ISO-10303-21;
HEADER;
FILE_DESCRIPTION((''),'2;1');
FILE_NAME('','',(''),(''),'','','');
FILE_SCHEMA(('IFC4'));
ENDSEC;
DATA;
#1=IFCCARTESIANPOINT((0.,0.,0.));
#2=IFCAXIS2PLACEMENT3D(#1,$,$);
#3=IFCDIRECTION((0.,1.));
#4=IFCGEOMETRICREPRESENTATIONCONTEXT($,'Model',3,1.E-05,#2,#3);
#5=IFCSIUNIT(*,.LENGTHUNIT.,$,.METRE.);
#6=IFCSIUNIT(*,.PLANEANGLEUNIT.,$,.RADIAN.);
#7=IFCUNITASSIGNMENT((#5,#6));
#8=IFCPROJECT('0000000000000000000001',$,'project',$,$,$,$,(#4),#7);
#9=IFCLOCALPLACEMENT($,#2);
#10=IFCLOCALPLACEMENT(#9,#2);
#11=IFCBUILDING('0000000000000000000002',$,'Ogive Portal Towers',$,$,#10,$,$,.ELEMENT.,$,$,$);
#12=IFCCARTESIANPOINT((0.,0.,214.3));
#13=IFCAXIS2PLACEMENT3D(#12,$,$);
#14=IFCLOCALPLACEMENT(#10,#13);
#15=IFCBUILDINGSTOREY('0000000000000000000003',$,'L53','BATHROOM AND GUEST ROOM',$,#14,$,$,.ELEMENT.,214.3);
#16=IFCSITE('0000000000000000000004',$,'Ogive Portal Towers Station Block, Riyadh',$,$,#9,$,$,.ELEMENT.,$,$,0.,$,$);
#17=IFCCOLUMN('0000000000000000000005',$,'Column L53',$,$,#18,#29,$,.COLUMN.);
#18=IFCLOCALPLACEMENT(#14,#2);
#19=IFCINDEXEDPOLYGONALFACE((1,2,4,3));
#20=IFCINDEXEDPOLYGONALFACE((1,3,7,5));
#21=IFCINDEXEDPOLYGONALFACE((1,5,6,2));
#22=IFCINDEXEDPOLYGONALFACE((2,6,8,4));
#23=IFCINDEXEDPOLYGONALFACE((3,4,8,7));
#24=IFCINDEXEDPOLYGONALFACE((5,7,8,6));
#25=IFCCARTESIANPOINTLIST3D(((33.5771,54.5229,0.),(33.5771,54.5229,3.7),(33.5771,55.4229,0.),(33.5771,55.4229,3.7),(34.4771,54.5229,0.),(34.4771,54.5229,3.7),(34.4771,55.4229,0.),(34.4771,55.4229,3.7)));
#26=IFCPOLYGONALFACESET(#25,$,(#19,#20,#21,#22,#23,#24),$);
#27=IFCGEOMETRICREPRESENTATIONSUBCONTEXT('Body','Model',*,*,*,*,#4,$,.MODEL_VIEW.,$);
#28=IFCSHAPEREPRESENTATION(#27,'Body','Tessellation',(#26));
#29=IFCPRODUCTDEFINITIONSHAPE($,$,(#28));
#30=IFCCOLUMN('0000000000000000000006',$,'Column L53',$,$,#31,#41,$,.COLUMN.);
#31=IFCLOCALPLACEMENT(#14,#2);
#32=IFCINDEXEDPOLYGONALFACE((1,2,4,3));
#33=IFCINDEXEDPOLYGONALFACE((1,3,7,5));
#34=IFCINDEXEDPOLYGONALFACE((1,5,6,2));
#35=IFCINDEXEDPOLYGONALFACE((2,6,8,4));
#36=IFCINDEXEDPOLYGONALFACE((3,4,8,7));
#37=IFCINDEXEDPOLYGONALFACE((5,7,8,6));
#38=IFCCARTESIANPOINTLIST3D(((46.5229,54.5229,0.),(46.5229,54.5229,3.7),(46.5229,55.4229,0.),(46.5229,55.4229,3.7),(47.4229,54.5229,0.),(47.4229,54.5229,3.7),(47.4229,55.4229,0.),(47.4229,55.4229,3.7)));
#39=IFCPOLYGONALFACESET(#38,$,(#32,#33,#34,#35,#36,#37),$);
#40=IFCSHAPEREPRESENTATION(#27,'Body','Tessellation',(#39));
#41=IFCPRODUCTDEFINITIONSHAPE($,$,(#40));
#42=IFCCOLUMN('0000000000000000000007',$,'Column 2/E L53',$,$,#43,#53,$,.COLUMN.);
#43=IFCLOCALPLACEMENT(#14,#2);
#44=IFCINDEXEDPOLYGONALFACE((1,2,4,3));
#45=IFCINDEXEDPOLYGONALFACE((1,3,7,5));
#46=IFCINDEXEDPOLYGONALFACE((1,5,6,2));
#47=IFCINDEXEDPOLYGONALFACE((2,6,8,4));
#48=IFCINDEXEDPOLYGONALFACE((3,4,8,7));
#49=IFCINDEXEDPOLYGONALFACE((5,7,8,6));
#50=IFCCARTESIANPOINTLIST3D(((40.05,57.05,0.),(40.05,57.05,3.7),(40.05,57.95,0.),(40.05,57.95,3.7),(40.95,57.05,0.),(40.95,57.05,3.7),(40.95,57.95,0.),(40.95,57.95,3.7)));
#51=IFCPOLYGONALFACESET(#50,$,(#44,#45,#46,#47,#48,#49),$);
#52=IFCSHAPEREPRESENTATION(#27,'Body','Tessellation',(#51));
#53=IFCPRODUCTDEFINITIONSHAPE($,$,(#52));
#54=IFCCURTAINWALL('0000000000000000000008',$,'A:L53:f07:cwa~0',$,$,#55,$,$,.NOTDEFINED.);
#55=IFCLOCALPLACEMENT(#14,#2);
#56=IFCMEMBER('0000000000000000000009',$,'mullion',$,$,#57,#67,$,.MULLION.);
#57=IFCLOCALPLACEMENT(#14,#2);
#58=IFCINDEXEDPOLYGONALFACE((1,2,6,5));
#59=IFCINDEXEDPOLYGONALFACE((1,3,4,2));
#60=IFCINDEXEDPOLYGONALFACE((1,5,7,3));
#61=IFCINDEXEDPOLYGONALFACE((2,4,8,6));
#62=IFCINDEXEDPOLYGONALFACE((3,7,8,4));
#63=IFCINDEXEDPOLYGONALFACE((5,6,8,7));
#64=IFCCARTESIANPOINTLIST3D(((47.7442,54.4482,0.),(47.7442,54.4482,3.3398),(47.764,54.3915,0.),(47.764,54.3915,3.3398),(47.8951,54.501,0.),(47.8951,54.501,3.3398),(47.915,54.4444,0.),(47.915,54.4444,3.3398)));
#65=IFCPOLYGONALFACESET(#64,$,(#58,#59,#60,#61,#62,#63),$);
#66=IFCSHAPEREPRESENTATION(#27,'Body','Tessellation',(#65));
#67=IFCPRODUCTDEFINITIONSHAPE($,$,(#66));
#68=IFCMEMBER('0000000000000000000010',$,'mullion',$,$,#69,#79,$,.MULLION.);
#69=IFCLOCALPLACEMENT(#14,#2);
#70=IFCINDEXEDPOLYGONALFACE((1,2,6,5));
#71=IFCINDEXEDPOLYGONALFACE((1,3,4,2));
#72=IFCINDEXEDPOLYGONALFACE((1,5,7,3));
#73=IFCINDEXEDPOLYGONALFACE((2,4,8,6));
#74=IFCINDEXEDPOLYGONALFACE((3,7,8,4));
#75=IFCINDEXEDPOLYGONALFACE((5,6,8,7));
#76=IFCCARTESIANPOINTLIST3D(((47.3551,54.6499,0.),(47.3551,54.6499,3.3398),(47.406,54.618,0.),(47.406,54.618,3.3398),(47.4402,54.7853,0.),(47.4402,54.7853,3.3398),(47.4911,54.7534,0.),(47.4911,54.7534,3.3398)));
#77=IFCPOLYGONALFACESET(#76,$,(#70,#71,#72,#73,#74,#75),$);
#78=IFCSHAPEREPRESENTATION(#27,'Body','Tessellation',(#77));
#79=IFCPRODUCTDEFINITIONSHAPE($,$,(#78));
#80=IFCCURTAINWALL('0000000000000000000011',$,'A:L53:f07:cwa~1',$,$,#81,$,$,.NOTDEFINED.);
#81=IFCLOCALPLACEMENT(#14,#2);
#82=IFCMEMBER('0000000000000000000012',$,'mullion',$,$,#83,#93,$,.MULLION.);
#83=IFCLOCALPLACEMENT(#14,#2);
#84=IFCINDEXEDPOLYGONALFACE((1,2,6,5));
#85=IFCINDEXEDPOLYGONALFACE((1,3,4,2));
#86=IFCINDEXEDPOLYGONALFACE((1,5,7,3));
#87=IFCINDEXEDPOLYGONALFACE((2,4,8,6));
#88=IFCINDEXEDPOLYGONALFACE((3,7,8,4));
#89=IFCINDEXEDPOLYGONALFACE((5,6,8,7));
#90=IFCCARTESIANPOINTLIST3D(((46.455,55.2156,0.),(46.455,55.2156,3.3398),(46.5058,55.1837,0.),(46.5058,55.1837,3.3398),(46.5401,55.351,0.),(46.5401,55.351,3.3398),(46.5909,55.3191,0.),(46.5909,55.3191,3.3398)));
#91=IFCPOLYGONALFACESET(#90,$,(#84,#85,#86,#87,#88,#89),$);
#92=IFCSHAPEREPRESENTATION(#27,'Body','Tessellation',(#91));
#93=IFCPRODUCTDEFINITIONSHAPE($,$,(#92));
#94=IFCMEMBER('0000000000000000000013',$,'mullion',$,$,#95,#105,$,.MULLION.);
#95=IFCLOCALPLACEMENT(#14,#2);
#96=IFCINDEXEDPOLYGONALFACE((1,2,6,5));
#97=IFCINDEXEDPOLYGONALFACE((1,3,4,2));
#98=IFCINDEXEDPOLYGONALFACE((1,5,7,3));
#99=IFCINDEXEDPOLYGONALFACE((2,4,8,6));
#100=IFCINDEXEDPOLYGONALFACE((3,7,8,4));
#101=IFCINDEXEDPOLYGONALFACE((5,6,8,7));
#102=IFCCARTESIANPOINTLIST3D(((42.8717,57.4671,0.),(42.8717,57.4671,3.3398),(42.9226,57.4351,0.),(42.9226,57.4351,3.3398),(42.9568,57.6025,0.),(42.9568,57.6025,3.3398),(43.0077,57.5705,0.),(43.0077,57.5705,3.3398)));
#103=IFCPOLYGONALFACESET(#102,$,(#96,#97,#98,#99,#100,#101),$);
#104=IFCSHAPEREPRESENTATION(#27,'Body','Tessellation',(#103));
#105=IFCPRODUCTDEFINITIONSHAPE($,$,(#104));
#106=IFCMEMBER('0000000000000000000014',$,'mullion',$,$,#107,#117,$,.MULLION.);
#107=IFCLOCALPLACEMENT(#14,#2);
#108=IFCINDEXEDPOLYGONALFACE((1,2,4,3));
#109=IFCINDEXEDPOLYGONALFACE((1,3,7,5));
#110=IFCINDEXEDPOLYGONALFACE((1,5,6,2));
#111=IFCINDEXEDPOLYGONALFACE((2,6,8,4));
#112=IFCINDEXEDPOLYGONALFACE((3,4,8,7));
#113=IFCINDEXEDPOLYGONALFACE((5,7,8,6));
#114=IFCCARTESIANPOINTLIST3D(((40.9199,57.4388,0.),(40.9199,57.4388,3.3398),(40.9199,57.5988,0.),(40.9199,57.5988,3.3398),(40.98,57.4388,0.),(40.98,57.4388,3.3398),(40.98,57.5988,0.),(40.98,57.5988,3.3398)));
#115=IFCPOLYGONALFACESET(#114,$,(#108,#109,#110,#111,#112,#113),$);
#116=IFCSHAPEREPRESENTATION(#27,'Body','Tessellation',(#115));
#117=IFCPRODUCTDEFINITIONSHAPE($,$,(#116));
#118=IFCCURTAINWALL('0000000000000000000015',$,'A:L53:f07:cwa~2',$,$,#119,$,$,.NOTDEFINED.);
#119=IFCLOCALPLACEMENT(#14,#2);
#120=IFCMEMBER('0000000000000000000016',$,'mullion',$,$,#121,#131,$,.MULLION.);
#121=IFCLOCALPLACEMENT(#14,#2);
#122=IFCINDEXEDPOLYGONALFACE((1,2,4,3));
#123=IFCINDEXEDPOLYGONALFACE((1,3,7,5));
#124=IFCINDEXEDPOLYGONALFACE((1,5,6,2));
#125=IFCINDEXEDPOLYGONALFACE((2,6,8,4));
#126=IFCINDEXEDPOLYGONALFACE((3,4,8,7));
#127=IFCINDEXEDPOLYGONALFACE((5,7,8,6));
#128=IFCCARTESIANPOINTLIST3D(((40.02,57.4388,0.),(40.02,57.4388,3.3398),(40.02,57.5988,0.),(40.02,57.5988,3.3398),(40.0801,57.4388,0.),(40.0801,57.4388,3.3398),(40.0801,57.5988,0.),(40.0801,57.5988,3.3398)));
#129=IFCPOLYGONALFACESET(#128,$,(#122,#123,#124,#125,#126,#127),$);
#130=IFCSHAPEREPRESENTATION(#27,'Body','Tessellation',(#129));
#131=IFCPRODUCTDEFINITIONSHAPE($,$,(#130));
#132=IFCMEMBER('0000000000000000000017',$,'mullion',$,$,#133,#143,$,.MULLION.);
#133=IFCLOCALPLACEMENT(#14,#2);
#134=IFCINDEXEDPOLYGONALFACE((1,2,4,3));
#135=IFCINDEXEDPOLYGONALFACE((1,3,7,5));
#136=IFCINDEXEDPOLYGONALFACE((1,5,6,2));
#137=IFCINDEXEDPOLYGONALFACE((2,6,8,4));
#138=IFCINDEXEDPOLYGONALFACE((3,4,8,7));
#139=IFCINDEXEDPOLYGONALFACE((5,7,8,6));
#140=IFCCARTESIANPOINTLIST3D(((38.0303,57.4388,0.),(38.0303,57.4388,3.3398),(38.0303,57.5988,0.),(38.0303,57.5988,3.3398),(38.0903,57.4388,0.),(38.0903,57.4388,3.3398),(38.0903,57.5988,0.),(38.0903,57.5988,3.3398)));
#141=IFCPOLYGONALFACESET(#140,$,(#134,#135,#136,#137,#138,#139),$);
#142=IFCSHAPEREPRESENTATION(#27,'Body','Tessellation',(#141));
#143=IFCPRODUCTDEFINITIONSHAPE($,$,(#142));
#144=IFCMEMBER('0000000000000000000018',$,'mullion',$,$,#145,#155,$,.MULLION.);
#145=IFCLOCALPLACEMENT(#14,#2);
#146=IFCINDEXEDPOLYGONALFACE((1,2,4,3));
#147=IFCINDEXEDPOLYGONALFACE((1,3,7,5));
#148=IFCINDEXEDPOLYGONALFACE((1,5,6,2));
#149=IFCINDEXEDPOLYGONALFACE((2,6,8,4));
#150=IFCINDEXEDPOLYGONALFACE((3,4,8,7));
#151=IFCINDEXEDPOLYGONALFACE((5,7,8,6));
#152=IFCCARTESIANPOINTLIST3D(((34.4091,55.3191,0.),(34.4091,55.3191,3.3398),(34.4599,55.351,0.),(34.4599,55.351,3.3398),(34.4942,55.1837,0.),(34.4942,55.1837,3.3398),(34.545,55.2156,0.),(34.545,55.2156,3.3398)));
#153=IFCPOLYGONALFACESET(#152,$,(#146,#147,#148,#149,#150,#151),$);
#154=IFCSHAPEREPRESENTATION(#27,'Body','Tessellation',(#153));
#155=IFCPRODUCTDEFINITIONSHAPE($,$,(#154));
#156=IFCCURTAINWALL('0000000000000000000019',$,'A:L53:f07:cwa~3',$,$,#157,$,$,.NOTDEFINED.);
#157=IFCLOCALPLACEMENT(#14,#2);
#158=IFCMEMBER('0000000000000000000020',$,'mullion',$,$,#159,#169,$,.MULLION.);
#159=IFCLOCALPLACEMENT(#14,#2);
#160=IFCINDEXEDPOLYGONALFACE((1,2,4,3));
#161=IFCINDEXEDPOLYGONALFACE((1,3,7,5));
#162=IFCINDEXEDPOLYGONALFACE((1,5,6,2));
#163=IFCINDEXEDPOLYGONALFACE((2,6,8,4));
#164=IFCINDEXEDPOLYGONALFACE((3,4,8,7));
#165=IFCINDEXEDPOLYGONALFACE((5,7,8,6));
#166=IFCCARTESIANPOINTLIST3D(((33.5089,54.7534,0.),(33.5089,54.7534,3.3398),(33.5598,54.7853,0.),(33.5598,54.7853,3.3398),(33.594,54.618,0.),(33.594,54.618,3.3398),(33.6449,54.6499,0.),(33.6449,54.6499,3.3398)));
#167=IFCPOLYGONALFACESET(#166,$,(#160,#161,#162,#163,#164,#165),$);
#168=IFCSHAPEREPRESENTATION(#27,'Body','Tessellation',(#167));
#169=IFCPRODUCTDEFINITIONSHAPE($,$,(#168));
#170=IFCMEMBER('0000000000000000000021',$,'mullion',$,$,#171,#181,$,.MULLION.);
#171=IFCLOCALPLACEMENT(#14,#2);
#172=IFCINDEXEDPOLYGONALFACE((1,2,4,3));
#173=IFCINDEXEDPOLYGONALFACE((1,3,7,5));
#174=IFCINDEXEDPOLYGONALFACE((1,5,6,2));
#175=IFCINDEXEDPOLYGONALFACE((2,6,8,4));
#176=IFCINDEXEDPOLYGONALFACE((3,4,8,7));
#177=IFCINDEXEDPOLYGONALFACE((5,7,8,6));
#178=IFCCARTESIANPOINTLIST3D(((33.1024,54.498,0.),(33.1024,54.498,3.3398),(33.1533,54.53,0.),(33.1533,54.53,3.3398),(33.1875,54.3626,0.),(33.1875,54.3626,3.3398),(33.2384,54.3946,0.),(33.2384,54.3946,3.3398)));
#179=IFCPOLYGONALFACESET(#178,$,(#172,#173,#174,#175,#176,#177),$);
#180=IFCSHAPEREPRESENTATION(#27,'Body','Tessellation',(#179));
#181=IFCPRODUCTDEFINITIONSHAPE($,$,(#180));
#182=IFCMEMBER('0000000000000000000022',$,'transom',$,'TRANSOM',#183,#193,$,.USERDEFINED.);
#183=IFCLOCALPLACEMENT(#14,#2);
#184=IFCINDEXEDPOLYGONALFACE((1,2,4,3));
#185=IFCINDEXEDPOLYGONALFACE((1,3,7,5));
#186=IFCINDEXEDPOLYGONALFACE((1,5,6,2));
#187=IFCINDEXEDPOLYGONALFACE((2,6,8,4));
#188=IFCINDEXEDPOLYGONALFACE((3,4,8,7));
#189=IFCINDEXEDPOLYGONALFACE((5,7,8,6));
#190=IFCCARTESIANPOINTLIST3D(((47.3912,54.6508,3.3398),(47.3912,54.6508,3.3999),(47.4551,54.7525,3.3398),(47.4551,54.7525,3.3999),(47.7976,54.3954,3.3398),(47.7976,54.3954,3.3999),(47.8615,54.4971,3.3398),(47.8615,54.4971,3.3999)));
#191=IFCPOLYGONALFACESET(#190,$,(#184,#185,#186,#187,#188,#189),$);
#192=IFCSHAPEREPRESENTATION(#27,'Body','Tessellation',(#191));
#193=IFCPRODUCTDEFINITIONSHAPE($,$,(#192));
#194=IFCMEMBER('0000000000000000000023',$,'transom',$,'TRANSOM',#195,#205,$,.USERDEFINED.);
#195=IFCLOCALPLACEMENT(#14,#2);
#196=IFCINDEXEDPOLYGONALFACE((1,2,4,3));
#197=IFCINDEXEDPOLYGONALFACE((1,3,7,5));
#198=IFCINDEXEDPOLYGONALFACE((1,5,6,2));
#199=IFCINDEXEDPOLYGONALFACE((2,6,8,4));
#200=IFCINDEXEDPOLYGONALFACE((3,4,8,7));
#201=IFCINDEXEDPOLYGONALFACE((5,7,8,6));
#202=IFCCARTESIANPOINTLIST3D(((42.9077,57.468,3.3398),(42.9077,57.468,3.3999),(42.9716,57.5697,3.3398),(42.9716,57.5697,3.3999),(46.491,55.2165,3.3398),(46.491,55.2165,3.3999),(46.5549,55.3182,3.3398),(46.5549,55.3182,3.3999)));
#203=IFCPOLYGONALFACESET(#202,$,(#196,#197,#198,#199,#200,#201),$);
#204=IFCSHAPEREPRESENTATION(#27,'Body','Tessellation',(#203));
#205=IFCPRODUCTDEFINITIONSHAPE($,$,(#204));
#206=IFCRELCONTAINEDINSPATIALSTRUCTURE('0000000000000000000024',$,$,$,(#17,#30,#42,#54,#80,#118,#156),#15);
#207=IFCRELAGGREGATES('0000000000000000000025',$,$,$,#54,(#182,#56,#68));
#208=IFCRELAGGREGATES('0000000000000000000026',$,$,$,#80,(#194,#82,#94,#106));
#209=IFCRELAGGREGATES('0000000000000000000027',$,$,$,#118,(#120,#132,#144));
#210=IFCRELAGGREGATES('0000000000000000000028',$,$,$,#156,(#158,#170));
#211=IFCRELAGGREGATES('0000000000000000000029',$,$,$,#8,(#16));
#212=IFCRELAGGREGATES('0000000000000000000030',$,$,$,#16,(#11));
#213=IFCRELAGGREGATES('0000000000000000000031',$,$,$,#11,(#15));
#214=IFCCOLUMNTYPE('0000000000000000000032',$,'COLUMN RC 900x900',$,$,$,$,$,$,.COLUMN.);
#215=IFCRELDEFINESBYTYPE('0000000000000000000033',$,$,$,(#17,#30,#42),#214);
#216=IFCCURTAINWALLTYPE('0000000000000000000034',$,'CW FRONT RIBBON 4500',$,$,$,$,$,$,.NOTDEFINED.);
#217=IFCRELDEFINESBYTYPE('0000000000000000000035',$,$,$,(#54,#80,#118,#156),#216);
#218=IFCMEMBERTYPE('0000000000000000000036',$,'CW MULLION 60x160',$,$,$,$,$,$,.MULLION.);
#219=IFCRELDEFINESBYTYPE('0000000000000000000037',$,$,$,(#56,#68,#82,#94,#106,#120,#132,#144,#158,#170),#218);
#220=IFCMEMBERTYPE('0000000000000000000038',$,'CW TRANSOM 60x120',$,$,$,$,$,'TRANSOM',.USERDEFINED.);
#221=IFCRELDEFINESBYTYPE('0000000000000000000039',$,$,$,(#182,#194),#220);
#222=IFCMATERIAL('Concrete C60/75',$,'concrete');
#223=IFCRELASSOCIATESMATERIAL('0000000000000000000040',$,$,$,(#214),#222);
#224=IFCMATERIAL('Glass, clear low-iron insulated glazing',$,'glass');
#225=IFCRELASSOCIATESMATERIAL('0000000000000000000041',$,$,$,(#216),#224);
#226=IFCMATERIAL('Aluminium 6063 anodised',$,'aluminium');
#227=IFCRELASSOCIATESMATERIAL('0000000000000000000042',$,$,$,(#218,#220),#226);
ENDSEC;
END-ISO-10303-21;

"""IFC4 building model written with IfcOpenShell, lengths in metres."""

from ifc_helpers import new_model, si_unit, direction, frame, origin, origin_2d, place, context, subcontext, project, spatial, rectangle, extrude, material, material_profile, profile_set, type_object, element, aggregate, save


model = new_model("IFC4")

# Units and contexts
model_context = context("Model", 3, precision=1e-05, world=origin(), true_north=direction((0.0, 1.0)))
body_context = subcontext(model_context, "Body", "Model", "MODEL_VIEW")
ifc_project = project(units=[si_unit("LENGTHUNIT", "METRE"), si_unit("PLANEANGLEUNIT", "RADIAN")], contexts=[model_context])

# Site, building, storey
site_placement = place(None, origin())
site = spatial("IfcSite", under=ifc_project, at=site_placement, Name="Ogive Portal Towers Station Block, Riyadh", CompositionType="ELEMENT", RefElevation=0.0)
building_placement = place(site_placement, origin())
building = spatial("IfcBuilding", under=site, at=building_placement, Name="Ogive Portal Towers", CompositionType="ELEMENT")
storey_placement = place(building_placement, frame((0.0, 0.0, 214.3)))
storey = spatial("IfcBuildingStorey", under=building, at=storey_placement, Name="L53", Description="BATHROOM AND GUEST ROOM", CompositionType="ELEMENT", Elevation=214.3)

# Columns
ifc_material_1 = material(Name="Concrete C60/75", Category="concrete")
ifc_material_profile_1 = material_profile(ifc_material_1, rectangle(XDim=0.8999, YDim=0.8999, at=origin_2d()), Name="RC 900x900")
ifc_profile_set_1 = profile_set([ifc_material_profile_1], Name="Concrete C60/75")
column_type = type_object("IfcColumnType", Name="COLUMN RC 900x900", PredefinedType="COLUMN", material=ifc_profile_set_1)
for number, where, z_axis, x_axis, name in (
    (1, (34.0271, 54.9729, 0.0), (0.0, 0.0, 1.0), (1.0, 0.0, 0.0), "Column L53"),
    (2, (46.9729, 54.9729, 0.0), (0.0, 0.0, 1.0), (1.0, 0.0, 0.0), "Column L53"),
    (3, (40.5, 57.5, 0.0), (0.0, 0.0, 1.0), (1.0, 0.0, 0.0), "Column 2/E L53"),
):
    element("IfcColumn", number, at=place(storey_placement, frame(where, z_axis=z_axis, x_axis=x_axis)), inside=storey, type_object=column_type, Name=name, PredefinedType="COLUMN", context=body_context, shape_type="SweptSolid", body=[
        extrude(rectangle(XDim=0.8999, YDim=0.8999, at=origin_2d()), origin(), (0.0, 0.0, 1.0), 3.7),
    ])

# Curtain walls, members
ifc_material_2 = material(Name="Glass, clear low-iron insulated glazing", Category="glass")
curtain_wall_type = type_object("IfcCurtainWallType", Name="CW FRONT RIBBON 4500", PredefinedType="NOTDEFINED", material=ifc_material_2)
curtain_wall_1_placement = place(storey_placement, origin())
curtain_wall_1 = element("IfcCurtainWall", 4, at=curtain_wall_1_placement, inside=storey, type_object=curtain_wall_type, Name="A:L53:f07:cwa~0", PredefinedType="NOTDEFINED")
ifc_material_3 = material(Name="Aluminium 6063 anodised", Category="aluminium")
ifc_material_profile_2 = material_profile(ifc_material_3, rectangle(XDim=0.1599, YDim=0.0601, at=origin_2d()), Name="AL 60x160")
ifc_profile_set_2 = profile_set([ifc_material_profile_2], Name="Aluminium 6063 anodised")
member_type_1 = type_object("IfcMemberType", Name="CW MULLION 60x160", PredefinedType="MULLION", material=ifc_profile_set_2)
member_1_placement = place(storey_placement, frame((47.8296, 54.4463, 0.0), z_axis=(0.0, 0.0, 1.0), x_axis=(-0.943883, -0.330279, 0.0)))
member_1 = element("IfcMember", 5, at=member_1_placement, type_object=member_type_1, Name="mullion", PredefinedType="MULLION", context=body_context, shape_type="SweptSolid", body=[
    extrude(rectangle(XDim=0.1599, YDim=0.0601, at=origin_2d()), origin(), (0.0, 0.0, 1.0), 3.3398),
])
member_2_placement = place(storey_placement, frame((47.4231, 54.7017, 0.0), z_axis=(0.0, 0.0, 1.0), x_axis=(-0.532032, -0.846724, 0.0)))
member_2 = element("IfcMember", 6, at=member_2_placement, type_object=member_type_1, Name="mullion", PredefinedType="MULLION", context=body_context, shape_type="SweptSolid", body=[
    extrude(rectangle(XDim=0.1599, YDim=0.0601, at=origin_2d()), origin(), (0.0, 0.0, 1.0), 3.3398),
])
curtain_wall_2_placement = place(storey_placement, origin())
curtain_wall_2 = element("IfcCurtainWall", 7, at=curtain_wall_2_placement, inside=storey, type_object=curtain_wall_type, Name="A:L53:f07:cwa~1", PredefinedType="NOTDEFINED")
member_3_placement = place(storey_placement, frame((46.5229, 55.2673, 0.0), z_axis=(0.0, 0.0, 1.0), x_axis=(-0.532032, -0.846724, 0.0)))
member_3 = element("IfcMember", 8, at=member_3_placement, type_object=member_type_1, Name="mullion", PredefinedType="MULLION", context=body_context, shape_type="SweptSolid", body=[
    extrude(rectangle(XDim=0.1599, YDim=0.0601, at=origin_2d()), origin(), (0.0, 0.0, 1.0), 3.3398),
])
member_4_placement = place(storey_placement, frame((42.9397, 57.5188, 0.0), z_axis=(0.0, 0.0, 1.0), x_axis=(-0.532032, -0.846724, 0.0)))
member_4 = element("IfcMember", 9, at=member_4_placement, type_object=member_type_1, Name="mullion", PredefinedType="MULLION", context=body_context, shape_type="SweptSolid", body=[
    extrude(rectangle(XDim=0.1599, YDim=0.0601, at=origin_2d()), origin(), (0.0, 0.0, 1.0), 3.3398),
])
member_5_placement = place(storey_placement, frame((40.95, 57.5188, 0.0), z_axis=(0.0, 0.0, 1.0), x_axis=(0.0, -1.0, 0.0)))
member_5 = element("IfcMember", 10, at=member_5_placement, type_object=member_type_1, Name="mullion", PredefinedType="MULLION", context=body_context, shape_type="SweptSolid", body=[
    extrude(rectangle(XDim=0.1599, YDim=0.0601, at=origin_2d()), origin(), (0.0, 0.0, 1.0), 3.3398),
])
curtain_wall_3_placement = place(storey_placement, origin())
curtain_wall_3 = element("IfcCurtainWall", 11, at=curtain_wall_3_placement, inside=storey, type_object=curtain_wall_type, Name="A:L53:f07:cwa~2", PredefinedType="NOTDEFINED")
member_6_placement = place(storey_placement, frame((40.05, 57.5188, 0.0), z_axis=(0.0, 0.0, 1.0), x_axis=(0.0, -1.0, 0.0)))
member_6 = element("IfcMember", 12, at=member_6_placement, type_object=member_type_1, Name="mullion", PredefinedType="MULLION", context=body_context, shape_type="SweptSolid", body=[
    extrude(rectangle(XDim=0.1599, YDim=0.0601, at=origin_2d()), origin(), (0.0, 0.0, 1.0), 3.3398),
])
member_7_placement = place(storey_placement, frame((38.0603, 57.5188, 0.0), z_axis=(0.0, 0.0, 1.0), x_axis=(0.0, -1.0, 0.0)))
member_7 = element("IfcMember", 13, at=member_7_placement, type_object=member_type_1, Name="mullion", PredefinedType="MULLION", context=body_context, shape_type="SweptSolid", body=[
    extrude(rectangle(XDim=0.1599, YDim=0.0601, at=origin_2d()), origin(), (0.0, 0.0, 1.0), 3.3398),
])
member_8_placement = place(storey_placement, frame((34.4771, 55.2673, 0.0), z_axis=(0.0, 0.0, 1.0), x_axis=(0.532032, -0.846724, 0.0)))
member_8 = element("IfcMember", 14, at=member_8_placement, type_object=member_type_1, Name="mullion", PredefinedType="MULLION", context=body_context, shape_type="SweptSolid", body=[
    extrude(rectangle(XDim=0.1599, YDim=0.0601, at=origin_2d()), origin(), (0.0, 0.0, 1.0), 3.3398),
])
curtain_wall_4_placement = place(storey_placement, origin())
curtain_wall_4 = element("IfcCurtainWall", 15, at=curtain_wall_4_placement, inside=storey, type_object=curtain_wall_type, Name="A:L53:f07:cwa~3", PredefinedType="NOTDEFINED")
member_9_placement = place(storey_placement, frame((33.5769, 54.7017, 0.0), z_axis=(0.0, 0.0, 1.0), x_axis=(0.532032, -0.846724, 0.0)))
member_9 = element("IfcMember", 16, at=member_9_placement, type_object=member_type_1, Name="mullion", PredefinedType="MULLION", context=body_context, shape_type="SweptSolid", body=[
    extrude(rectangle(XDim=0.1599, YDim=0.0601, at=origin_2d()), origin(), (0.0, 0.0, 1.0), 3.3398),
])
member_10_placement = place(storey_placement, frame((33.1704, 54.4463, 0.0), z_axis=(0.0, 0.0, 1.0), x_axis=(0.532032, -0.846724, 0.0)))
member_10 = element("IfcMember", 17, at=member_10_placement, type_object=member_type_1, Name="mullion", PredefinedType="MULLION", context=body_context, shape_type="SweptSolid", body=[
    extrude(rectangle(XDim=0.1599, YDim=0.0601, at=origin_2d()), origin(), (0.0, 0.0, 1.0), 3.3398),
])

# Members
ifc_material_profile_3 = material_profile(ifc_material_3, rectangle(XDim=0.1201, YDim=0.0601, at=origin_2d()), Name="AL 120x60")
ifc_profile_set_3 = profile_set([ifc_material_profile_3], Name="Aluminium 6063 anodised")
member_type_2 = type_object("IfcMemberType", Name="CW TRANSOM 60x120", ElementType="TRANSOM", PredefinedType="USERDEFINED", material=ifc_profile_set_3)
member_11_placement = place(storey_placement, frame((47.8296, 54.4463, 3.3699), z_axis=(-0.846767, 0.531963, 0.0), x_axis=(-0.531963, -0.846767, 0.0)))
member_11 = element("IfcMember", 18, at=member_11_placement, type_object=member_type_2, Name="transom", ObjectType="TRANSOM", PredefinedType="USERDEFINED", context=body_context, shape_type="SweptSolid", body=[
    extrude(rectangle(XDim=0.1201, YDim=0.0601, at=origin_2d()), origin(), (0.0, 0.0, 1.0), 0.48),
])
member_12_placement = place(storey_placement, frame((46.5229, 55.2673, 3.3699), z_axis=(-0.846729, 0.532025, 0.0), x_axis=(-0.532025, -0.846729, 0.0)))
member_12 = element("IfcMember", 19, at=member_12_placement, type_object=member_type_2, Name="transom", ObjectType="TRANSOM", PredefinedType="USERDEFINED", context=body_context, shape_type="SweptSolid", body=[
    extrude(rectangle(XDim=0.1201, YDim=0.0601, at=origin_2d()), origin(), (0.0, 0.0, 1.0), 4.2319),
])

aggregate(curtain_wall_1, [member_11, member_1, member_2])
aggregate(curtain_wall_2, [member_12, member_3, member_4, member_5])
aggregate(curtain_wall_3, [member_6, member_7, member_8])
aggregate(curtain_wall_4, [member_9, member_10])

save(model, "model.ifc")
